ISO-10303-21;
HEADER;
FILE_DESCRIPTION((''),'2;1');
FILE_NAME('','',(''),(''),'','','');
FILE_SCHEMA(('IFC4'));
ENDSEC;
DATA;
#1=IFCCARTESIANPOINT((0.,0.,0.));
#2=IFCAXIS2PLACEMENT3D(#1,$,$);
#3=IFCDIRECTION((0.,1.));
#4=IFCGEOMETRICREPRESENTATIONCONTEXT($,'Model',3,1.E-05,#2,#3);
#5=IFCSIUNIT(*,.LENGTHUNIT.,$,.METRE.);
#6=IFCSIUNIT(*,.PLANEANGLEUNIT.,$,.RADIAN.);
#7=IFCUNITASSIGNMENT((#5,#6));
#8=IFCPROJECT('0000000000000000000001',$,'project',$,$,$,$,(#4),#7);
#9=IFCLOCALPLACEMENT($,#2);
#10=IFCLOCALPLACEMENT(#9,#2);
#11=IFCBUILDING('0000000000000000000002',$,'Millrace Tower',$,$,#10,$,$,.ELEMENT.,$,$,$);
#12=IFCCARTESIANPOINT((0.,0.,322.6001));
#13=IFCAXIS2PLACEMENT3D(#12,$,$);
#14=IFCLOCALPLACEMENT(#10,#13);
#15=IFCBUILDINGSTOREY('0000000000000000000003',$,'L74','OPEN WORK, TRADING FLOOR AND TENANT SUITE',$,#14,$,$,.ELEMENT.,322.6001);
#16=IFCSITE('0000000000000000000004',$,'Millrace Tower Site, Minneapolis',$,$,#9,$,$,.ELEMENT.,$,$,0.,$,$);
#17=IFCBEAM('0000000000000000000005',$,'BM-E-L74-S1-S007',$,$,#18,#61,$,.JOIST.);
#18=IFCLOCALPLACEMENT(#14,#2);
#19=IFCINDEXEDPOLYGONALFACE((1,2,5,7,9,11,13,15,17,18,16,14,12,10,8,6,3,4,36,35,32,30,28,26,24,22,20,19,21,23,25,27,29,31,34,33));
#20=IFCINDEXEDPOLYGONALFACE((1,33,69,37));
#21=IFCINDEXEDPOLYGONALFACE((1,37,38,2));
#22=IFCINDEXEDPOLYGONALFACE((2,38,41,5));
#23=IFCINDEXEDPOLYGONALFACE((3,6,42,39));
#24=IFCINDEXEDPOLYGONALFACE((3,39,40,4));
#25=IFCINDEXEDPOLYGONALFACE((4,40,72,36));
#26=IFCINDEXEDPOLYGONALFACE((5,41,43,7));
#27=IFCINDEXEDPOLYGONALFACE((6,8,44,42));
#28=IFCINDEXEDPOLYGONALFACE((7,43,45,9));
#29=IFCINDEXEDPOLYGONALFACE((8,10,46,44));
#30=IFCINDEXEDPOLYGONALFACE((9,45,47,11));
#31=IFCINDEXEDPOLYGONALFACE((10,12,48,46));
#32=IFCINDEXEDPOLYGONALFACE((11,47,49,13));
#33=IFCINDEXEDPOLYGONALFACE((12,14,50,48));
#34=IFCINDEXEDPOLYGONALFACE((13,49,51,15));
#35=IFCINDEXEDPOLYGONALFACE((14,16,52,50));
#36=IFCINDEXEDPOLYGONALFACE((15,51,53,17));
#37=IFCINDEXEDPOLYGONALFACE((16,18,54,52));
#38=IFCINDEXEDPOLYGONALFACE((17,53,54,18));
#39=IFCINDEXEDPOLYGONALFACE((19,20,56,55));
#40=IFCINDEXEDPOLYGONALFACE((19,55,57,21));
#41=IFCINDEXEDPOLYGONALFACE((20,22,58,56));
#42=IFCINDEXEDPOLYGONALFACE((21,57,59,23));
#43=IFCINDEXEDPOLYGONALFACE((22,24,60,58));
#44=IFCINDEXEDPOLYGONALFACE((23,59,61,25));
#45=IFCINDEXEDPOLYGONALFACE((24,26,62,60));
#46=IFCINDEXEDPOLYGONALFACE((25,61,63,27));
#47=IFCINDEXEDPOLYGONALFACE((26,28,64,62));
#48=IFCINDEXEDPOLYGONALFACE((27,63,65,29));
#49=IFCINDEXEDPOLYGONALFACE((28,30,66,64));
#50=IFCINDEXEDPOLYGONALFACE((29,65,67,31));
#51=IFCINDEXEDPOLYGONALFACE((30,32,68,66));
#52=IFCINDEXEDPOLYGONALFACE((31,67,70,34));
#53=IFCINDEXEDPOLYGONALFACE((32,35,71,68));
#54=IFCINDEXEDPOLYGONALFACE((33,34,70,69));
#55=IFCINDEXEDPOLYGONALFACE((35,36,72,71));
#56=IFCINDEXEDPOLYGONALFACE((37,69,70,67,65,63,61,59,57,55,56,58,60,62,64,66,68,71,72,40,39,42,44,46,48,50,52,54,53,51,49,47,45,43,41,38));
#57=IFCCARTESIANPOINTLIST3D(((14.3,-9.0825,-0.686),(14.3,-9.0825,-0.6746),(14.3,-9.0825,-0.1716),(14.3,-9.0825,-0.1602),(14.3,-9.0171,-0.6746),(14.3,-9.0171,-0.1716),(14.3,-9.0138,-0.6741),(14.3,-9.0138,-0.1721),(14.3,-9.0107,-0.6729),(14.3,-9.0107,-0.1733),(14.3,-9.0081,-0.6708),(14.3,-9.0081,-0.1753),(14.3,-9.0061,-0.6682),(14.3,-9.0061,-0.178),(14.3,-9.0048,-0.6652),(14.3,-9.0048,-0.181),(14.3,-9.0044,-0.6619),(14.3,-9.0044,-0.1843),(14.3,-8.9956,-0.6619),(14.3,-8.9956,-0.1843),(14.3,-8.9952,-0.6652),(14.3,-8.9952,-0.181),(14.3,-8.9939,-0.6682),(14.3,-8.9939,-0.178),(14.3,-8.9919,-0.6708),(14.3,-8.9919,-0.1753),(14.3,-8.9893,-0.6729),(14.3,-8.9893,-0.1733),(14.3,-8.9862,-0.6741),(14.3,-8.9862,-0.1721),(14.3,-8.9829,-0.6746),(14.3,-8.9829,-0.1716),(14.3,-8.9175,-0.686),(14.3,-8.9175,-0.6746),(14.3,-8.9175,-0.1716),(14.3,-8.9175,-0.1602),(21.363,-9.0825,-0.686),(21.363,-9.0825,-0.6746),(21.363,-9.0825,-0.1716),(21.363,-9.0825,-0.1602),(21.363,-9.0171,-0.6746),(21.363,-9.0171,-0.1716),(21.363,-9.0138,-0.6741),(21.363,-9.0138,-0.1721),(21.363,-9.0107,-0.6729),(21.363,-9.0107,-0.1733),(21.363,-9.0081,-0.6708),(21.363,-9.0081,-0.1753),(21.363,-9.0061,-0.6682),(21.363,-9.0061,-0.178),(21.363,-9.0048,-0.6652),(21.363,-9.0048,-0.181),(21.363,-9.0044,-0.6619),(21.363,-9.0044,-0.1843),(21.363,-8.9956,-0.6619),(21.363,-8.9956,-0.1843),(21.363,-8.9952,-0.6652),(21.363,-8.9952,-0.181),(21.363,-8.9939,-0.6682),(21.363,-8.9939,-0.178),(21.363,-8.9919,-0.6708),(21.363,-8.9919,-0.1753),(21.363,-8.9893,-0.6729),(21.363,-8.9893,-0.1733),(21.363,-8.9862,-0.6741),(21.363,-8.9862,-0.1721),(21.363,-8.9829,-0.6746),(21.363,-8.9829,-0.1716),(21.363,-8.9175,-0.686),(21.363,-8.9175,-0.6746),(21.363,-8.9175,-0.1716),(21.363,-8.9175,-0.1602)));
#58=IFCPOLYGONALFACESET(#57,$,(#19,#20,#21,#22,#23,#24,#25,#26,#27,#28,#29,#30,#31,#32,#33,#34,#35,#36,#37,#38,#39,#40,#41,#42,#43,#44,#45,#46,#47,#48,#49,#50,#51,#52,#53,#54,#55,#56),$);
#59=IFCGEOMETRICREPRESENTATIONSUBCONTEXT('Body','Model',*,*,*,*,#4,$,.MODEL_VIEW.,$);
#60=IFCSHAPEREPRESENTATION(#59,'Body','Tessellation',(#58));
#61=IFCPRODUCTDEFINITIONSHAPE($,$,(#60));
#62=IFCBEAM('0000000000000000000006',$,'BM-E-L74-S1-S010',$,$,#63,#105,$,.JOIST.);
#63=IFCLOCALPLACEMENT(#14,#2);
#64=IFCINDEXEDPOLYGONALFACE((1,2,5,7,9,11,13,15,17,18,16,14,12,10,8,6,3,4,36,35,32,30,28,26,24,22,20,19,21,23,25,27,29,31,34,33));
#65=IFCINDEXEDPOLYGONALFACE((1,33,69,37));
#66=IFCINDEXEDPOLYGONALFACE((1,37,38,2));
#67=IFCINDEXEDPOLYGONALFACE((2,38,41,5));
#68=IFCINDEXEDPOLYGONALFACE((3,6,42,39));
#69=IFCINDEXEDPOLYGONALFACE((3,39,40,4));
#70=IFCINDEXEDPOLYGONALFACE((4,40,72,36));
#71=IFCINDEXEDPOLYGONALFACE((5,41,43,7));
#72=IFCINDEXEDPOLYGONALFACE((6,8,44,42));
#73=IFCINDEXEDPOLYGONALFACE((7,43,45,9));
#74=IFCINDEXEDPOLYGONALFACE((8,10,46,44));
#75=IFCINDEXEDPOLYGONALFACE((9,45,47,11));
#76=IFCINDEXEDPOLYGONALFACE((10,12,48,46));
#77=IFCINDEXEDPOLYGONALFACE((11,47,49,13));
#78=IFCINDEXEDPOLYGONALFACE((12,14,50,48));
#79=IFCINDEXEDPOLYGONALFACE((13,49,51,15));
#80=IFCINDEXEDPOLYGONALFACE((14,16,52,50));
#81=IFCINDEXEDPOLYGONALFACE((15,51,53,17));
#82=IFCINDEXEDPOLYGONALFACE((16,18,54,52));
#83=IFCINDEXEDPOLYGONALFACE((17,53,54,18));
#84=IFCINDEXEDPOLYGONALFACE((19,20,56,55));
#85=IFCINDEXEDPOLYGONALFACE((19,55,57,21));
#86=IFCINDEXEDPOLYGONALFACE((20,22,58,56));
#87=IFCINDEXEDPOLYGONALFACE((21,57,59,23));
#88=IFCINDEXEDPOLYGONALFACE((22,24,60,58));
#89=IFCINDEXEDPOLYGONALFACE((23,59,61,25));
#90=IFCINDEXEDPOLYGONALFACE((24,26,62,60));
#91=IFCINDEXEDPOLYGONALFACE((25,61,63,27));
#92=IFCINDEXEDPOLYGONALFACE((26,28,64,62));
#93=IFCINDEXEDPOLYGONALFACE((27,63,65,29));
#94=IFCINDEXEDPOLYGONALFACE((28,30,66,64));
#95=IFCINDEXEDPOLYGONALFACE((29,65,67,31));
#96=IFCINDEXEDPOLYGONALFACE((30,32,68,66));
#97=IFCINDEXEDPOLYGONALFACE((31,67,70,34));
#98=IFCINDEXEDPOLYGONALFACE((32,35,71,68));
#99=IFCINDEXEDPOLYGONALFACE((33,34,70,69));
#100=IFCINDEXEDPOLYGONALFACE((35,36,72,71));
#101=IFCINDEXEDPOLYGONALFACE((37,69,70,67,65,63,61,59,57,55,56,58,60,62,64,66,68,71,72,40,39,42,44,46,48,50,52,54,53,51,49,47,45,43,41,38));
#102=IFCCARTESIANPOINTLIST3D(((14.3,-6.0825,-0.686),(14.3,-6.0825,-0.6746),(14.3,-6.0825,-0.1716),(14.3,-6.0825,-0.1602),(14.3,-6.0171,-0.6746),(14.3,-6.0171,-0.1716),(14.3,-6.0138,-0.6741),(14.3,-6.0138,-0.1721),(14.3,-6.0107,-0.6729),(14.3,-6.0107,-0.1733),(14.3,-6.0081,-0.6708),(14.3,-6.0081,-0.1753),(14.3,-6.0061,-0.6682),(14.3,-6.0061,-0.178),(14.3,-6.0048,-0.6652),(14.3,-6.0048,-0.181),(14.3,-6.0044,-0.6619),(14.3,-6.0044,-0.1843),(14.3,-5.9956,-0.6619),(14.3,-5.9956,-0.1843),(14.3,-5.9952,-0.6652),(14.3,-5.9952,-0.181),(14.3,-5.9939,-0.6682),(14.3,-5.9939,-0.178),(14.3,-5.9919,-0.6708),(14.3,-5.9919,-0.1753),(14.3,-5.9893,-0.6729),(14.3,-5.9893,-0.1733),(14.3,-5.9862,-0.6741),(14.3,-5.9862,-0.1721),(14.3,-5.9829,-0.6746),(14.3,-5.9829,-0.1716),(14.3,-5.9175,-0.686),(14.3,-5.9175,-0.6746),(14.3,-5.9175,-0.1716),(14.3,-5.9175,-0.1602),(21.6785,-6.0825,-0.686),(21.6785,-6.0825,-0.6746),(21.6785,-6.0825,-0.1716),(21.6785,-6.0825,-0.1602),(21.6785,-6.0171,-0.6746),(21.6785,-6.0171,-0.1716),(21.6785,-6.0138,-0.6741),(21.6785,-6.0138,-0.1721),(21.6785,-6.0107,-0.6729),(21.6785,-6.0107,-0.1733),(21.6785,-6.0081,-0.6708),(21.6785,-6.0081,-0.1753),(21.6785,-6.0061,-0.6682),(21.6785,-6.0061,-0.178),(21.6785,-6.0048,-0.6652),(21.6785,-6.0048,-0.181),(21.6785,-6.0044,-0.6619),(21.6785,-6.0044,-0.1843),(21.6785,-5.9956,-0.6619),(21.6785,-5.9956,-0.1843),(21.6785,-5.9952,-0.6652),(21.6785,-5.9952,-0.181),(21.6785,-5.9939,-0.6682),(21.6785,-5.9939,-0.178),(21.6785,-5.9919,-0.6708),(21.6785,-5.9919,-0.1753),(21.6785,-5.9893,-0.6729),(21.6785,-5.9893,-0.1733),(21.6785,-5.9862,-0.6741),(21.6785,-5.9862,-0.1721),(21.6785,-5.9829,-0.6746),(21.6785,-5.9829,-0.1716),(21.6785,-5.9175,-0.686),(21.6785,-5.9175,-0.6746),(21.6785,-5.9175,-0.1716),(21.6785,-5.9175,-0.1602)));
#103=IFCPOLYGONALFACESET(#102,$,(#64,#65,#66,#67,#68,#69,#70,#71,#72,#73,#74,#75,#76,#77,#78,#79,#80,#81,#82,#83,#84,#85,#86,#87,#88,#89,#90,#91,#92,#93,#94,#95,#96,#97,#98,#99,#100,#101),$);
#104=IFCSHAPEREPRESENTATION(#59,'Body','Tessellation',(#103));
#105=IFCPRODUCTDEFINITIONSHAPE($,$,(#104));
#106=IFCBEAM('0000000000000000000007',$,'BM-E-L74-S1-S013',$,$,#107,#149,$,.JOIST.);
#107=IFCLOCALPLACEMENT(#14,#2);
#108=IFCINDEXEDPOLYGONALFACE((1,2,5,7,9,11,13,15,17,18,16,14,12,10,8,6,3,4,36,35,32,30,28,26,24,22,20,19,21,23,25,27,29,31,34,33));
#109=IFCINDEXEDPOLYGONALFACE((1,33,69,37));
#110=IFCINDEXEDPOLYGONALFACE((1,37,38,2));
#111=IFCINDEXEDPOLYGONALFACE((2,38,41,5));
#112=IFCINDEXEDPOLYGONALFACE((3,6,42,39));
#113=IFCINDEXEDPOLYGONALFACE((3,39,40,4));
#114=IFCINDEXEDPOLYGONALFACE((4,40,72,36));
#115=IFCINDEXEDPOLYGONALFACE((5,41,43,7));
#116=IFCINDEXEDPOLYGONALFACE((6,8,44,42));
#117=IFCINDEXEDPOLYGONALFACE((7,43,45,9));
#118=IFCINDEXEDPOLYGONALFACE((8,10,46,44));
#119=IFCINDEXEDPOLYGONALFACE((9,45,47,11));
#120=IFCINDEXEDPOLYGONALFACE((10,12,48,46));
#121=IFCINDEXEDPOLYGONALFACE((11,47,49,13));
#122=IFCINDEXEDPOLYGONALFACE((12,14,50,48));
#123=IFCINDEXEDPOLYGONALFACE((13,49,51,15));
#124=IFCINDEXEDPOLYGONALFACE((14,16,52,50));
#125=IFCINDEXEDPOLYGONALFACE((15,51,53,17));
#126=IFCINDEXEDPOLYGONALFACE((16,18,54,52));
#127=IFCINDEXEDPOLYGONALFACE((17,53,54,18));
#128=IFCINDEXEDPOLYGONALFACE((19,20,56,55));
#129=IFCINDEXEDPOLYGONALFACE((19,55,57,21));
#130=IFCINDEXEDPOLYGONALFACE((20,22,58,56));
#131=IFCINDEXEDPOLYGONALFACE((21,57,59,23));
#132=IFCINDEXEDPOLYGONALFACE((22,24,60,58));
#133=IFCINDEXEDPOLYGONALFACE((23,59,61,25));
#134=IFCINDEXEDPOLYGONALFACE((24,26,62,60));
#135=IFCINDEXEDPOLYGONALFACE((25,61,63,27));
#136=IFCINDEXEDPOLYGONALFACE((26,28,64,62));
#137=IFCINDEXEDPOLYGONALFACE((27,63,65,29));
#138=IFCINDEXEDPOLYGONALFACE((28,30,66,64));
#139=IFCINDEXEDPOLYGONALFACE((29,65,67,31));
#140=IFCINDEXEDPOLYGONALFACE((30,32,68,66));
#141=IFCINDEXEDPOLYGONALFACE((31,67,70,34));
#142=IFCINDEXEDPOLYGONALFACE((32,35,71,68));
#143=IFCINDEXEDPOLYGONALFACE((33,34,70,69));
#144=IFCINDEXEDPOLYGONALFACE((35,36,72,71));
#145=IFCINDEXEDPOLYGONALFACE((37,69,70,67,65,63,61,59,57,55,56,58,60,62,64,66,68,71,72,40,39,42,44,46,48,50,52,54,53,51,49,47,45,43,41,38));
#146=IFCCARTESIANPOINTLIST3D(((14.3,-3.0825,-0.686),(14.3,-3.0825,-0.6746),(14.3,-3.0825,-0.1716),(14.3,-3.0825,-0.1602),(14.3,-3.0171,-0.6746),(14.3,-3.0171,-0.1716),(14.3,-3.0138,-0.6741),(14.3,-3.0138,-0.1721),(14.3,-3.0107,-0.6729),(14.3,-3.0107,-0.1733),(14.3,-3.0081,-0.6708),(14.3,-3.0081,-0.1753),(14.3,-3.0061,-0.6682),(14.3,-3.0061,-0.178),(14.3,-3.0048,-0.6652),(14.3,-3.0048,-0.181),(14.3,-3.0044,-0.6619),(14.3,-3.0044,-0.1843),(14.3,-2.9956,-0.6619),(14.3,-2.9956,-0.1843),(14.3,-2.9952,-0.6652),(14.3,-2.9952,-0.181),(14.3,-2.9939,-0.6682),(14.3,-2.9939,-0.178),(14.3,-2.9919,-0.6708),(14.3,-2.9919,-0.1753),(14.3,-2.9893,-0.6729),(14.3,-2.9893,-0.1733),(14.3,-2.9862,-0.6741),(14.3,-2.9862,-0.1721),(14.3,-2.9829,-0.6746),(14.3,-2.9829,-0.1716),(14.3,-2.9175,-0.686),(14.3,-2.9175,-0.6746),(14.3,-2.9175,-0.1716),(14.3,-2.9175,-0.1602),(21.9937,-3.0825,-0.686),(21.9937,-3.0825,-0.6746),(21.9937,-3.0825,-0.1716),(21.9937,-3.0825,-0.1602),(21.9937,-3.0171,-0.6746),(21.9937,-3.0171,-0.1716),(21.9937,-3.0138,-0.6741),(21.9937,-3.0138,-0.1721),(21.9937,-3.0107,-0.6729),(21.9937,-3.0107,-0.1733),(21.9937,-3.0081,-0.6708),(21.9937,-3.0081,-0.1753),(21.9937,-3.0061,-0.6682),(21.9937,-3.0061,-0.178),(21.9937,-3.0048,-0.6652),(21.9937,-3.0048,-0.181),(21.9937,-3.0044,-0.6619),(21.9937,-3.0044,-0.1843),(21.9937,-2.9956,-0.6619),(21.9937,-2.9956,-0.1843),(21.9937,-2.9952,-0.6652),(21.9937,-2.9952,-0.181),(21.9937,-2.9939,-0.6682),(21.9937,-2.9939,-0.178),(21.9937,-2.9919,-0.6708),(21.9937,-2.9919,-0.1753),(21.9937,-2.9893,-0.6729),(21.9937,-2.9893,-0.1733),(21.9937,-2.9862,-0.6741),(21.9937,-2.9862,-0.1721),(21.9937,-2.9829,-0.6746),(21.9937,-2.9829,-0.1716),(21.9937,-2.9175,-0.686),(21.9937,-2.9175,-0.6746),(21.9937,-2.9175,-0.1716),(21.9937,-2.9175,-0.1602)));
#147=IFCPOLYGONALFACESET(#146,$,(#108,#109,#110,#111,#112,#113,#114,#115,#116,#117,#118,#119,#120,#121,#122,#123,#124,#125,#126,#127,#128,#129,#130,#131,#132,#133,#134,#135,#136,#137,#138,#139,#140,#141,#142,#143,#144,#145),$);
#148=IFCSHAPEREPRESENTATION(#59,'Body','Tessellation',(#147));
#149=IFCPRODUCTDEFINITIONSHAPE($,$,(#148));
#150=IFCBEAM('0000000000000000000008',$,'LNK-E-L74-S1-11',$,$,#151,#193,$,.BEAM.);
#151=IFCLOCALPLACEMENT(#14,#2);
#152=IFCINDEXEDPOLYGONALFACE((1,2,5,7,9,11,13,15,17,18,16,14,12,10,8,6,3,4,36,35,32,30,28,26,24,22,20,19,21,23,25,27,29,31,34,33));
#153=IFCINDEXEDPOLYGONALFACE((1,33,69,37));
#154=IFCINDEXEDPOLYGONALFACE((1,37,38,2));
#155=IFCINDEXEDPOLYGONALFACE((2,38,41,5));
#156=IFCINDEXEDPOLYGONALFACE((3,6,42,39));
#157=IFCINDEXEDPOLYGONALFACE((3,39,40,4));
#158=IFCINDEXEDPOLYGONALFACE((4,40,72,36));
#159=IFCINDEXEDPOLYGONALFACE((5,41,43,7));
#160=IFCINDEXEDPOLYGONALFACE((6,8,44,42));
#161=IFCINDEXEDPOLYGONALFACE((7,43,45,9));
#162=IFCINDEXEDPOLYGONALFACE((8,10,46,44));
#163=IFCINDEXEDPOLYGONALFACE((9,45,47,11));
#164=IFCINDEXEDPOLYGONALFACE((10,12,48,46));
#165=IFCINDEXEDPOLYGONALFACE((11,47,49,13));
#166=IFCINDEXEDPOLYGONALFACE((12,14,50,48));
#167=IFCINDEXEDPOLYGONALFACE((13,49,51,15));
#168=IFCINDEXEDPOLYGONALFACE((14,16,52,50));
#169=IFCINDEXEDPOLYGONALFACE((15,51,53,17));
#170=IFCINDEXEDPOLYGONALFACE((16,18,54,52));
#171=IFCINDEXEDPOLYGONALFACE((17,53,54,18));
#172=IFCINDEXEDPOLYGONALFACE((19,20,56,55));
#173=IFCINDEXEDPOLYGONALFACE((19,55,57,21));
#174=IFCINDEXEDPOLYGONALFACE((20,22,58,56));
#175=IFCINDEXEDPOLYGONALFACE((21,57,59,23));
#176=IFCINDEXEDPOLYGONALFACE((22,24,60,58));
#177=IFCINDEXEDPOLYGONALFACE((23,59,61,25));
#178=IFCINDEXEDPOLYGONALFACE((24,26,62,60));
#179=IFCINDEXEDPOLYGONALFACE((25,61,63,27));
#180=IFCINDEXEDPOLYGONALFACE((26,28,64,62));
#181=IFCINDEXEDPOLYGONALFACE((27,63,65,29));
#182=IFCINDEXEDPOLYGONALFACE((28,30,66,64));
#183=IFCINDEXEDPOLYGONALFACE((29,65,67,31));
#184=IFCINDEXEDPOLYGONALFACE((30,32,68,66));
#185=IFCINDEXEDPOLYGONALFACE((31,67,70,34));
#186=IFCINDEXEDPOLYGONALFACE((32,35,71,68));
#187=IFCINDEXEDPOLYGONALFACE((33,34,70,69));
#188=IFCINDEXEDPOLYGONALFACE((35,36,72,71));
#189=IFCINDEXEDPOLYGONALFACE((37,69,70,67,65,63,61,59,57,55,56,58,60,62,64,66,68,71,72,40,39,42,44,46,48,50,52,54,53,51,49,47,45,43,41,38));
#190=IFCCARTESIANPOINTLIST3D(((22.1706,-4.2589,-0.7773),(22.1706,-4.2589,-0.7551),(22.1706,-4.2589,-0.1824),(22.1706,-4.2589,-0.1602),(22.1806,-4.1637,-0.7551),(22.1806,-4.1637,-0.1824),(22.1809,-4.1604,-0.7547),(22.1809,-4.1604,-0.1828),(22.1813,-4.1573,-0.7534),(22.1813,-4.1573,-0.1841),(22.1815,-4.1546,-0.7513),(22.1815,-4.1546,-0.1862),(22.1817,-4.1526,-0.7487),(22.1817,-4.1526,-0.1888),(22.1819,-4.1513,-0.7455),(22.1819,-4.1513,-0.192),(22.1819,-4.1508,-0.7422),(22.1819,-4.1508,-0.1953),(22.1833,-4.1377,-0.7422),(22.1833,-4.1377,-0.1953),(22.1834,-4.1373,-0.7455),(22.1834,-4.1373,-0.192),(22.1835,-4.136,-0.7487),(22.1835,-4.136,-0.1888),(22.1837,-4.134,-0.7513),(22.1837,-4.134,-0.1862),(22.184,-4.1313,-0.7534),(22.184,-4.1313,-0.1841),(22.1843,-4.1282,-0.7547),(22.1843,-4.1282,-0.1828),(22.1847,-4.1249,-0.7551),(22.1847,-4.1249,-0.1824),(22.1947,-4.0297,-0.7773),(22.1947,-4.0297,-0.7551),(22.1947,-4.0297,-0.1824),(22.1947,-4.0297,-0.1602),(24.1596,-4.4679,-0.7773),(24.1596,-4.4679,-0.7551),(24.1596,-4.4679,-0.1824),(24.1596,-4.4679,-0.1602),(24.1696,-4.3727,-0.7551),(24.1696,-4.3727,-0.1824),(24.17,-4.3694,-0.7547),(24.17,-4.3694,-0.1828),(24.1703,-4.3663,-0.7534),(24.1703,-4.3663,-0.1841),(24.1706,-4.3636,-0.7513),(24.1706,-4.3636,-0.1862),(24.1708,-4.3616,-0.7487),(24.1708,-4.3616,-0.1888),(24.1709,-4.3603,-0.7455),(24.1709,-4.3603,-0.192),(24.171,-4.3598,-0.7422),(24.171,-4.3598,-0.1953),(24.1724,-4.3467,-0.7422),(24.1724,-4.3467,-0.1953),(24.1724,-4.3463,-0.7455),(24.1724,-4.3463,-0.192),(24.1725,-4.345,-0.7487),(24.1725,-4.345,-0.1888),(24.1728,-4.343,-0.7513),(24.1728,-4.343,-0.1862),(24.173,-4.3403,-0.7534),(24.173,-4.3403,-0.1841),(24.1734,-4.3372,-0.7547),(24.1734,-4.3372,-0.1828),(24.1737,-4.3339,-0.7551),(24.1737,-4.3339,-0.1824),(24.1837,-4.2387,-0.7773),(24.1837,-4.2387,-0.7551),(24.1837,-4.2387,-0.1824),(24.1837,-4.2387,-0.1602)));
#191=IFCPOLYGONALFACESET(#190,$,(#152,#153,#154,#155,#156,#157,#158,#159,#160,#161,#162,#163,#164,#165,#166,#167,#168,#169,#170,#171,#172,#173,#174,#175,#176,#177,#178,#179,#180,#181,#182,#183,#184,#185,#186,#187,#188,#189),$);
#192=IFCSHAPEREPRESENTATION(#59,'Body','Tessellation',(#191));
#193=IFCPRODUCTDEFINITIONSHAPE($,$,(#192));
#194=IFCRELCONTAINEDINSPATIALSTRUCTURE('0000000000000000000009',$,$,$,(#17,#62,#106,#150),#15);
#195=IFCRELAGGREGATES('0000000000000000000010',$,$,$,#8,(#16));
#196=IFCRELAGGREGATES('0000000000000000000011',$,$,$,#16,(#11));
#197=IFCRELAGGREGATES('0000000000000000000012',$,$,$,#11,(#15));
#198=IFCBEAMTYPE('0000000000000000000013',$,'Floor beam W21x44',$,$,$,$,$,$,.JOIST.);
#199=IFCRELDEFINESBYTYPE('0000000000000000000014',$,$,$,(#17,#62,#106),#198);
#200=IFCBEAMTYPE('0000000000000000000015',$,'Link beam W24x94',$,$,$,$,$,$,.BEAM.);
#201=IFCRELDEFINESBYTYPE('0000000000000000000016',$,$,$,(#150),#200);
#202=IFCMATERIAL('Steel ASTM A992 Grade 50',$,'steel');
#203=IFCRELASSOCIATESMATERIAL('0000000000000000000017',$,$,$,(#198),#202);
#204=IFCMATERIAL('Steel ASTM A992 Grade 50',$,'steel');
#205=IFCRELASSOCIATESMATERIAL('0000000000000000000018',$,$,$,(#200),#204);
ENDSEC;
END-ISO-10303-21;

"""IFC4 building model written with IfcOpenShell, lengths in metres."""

from ifc_helpers import new_model, si_unit, direction, frame, origin, origin_2d, place, context, subcontext, project, spatial, i_section, extrude, material, material_profile, profile_set, type_object, element, save


model = new_model("IFC4")

# Units and contexts
model_context = context("Model", 3, precision=1e-05, world=origin(), true_north=direction((0.0, 1.0)))
body_context = subcontext(model_context, "Body", "Model", "MODEL_VIEW")
ifc_project = project(units=[si_unit("LENGTHUNIT", "METRE"), si_unit("PLANEANGLEUNIT", "RADIAN")], contexts=[model_context])

# Site, building, storey
site_placement = place(None, origin())
site = spatial("IfcSite", under=ifc_project, at=site_placement, Name="Millrace Tower Site, Minneapolis", CompositionType="ELEMENT", RefElevation=0.0)
building_placement = place(site_placement, origin())
building = spatial("IfcBuilding", under=site, at=building_placement, Name="Millrace Tower", CompositionType="ELEMENT")
storey_placement = place(building_placement, frame((0.0, 0.0, 322.6001)))
storey = spatial("IfcBuildingStorey", under=building, at=storey_placement, Name="L74", Description="OPEN WORK, TRADING FLOOR AND TENANT SUITE", CompositionType="ELEMENT", Elevation=322.6001)

# Beams
ifc_material_1 = material(Name="Steel ASTM A992 Grade 50", Category="steel")
ifc_material_profile_1 = material_profile(ifc_material_1, i_section(OverallWidth=0.165, OverallDepth=0.5259, WebThickness=0.0088, FlangeThickness=0.0115, FilletRadius=0.0127, at=origin_2d()))
ifc_profile_set_1 = profile_set([ifc_material_profile_1], Name="Steel ASTM A992 Grade 50")
beam_type_1 = type_object("IfcBeamType", Name="Floor beam W21x44", PredefinedType="JOIST", material=ifc_profile_set_1)
beam_1_placement = place(storey_placement, frame((14.3, -9.0, -0.4231), z_axis=(1.0, 0.0, 0.0), x_axis=(0.0, 1.0, 0.0)))
element("IfcBeam", 1, at=beam_1_placement, inside=storey, type_object=beam_type_1, Name="BM-E-L74-S1-S007", PredefinedType="JOIST", context=body_context, shape_type="SweptSolid", body=[
    extrude(i_section(OverallWidth=0.165, OverallDepth=0.5259, WebThickness=0.0088, FlangeThickness=0.0115, FilletRadius=0.0127, at=origin_2d()), origin(), (0.0, 0.0, 1.0), 7.063),
])
beam_2_placement = place(storey_placement, frame((14.3, -6.0, -0.4231), z_axis=(1.0, 0.0, 0.0), x_axis=(0.0, 1.0, 0.0)))
element("IfcBeam", 2, at=beam_2_placement, inside=storey, type_object=beam_type_1, Name="BM-E-L74-S1-S010", PredefinedType="JOIST", context=body_context, shape_type="SweptSolid", body=[
    extrude(i_section(OverallWidth=0.165, OverallDepth=0.5259, WebThickness=0.0088, FlangeThickness=0.0115, FilletRadius=0.0127, at=origin_2d()), origin(), (0.0, 0.0, 1.0), 7.3784),
])
beam_3_placement = place(storey_placement, frame((14.3, -3.0, -0.4231), z_axis=(1.0, 0.0, 0.0), x_axis=(0.0, 1.0, 0.0)))
element("IfcBeam", 3, at=beam_3_placement, inside=storey, type_object=beam_type_1, Name="BM-E-L74-S1-S013", PredefinedType="JOIST", context=body_context, shape_type="SweptSolid", body=[
    extrude(i_section(OverallWidth=0.165, OverallDepth=0.5259, WebThickness=0.0088, FlangeThickness=0.0115, FilletRadius=0.0127, at=origin_2d()), origin(), (0.0, 0.0, 1.0), 7.6936),
])
ifc_material_2 = material(Name="Steel ASTM A992 Grade 50", Category="steel")
ifc_material_profile_2 = material_profile(ifc_material_2, i_section(OverallWidth=0.2305, OverallDepth=0.6172, WebThickness=0.0132, FlangeThickness=0.0222, FilletRadius=0.0129, at=origin_2d()))
ifc_profile_set_2 = profile_set([ifc_material_profile_2], Name="Steel ASTM A992 Grade 50")
beam_type_2 = type_object("IfcBeamType", Name="Link beam W24x94", PredefinedType="BEAM", material=ifc_profile_set_2)
beam_4_placement = place(storey_placement, frame((22.1826, -4.1443, -0.4688), z_axis=(0.994526, -0.104494, 0.0), x_axis=(0.104494, 0.994526, 0.0)))
element("IfcBeam", 4, at=beam_4_placement, inside=storey, type_object=beam_type_2, Name="LNK-E-L74-S1-11", PredefinedType="BEAM", context=body_context, shape_type="SweptSolid", body=[
    extrude(i_section(OverallWidth=0.2305, OverallDepth=0.6172, WebThickness=0.0132, FlangeThickness=0.0222, FilletRadius=0.0129, at=origin_2d()), origin(), (0.0, 0.0, 1.0), 2.0),
])

save(model, "model.ifc")
